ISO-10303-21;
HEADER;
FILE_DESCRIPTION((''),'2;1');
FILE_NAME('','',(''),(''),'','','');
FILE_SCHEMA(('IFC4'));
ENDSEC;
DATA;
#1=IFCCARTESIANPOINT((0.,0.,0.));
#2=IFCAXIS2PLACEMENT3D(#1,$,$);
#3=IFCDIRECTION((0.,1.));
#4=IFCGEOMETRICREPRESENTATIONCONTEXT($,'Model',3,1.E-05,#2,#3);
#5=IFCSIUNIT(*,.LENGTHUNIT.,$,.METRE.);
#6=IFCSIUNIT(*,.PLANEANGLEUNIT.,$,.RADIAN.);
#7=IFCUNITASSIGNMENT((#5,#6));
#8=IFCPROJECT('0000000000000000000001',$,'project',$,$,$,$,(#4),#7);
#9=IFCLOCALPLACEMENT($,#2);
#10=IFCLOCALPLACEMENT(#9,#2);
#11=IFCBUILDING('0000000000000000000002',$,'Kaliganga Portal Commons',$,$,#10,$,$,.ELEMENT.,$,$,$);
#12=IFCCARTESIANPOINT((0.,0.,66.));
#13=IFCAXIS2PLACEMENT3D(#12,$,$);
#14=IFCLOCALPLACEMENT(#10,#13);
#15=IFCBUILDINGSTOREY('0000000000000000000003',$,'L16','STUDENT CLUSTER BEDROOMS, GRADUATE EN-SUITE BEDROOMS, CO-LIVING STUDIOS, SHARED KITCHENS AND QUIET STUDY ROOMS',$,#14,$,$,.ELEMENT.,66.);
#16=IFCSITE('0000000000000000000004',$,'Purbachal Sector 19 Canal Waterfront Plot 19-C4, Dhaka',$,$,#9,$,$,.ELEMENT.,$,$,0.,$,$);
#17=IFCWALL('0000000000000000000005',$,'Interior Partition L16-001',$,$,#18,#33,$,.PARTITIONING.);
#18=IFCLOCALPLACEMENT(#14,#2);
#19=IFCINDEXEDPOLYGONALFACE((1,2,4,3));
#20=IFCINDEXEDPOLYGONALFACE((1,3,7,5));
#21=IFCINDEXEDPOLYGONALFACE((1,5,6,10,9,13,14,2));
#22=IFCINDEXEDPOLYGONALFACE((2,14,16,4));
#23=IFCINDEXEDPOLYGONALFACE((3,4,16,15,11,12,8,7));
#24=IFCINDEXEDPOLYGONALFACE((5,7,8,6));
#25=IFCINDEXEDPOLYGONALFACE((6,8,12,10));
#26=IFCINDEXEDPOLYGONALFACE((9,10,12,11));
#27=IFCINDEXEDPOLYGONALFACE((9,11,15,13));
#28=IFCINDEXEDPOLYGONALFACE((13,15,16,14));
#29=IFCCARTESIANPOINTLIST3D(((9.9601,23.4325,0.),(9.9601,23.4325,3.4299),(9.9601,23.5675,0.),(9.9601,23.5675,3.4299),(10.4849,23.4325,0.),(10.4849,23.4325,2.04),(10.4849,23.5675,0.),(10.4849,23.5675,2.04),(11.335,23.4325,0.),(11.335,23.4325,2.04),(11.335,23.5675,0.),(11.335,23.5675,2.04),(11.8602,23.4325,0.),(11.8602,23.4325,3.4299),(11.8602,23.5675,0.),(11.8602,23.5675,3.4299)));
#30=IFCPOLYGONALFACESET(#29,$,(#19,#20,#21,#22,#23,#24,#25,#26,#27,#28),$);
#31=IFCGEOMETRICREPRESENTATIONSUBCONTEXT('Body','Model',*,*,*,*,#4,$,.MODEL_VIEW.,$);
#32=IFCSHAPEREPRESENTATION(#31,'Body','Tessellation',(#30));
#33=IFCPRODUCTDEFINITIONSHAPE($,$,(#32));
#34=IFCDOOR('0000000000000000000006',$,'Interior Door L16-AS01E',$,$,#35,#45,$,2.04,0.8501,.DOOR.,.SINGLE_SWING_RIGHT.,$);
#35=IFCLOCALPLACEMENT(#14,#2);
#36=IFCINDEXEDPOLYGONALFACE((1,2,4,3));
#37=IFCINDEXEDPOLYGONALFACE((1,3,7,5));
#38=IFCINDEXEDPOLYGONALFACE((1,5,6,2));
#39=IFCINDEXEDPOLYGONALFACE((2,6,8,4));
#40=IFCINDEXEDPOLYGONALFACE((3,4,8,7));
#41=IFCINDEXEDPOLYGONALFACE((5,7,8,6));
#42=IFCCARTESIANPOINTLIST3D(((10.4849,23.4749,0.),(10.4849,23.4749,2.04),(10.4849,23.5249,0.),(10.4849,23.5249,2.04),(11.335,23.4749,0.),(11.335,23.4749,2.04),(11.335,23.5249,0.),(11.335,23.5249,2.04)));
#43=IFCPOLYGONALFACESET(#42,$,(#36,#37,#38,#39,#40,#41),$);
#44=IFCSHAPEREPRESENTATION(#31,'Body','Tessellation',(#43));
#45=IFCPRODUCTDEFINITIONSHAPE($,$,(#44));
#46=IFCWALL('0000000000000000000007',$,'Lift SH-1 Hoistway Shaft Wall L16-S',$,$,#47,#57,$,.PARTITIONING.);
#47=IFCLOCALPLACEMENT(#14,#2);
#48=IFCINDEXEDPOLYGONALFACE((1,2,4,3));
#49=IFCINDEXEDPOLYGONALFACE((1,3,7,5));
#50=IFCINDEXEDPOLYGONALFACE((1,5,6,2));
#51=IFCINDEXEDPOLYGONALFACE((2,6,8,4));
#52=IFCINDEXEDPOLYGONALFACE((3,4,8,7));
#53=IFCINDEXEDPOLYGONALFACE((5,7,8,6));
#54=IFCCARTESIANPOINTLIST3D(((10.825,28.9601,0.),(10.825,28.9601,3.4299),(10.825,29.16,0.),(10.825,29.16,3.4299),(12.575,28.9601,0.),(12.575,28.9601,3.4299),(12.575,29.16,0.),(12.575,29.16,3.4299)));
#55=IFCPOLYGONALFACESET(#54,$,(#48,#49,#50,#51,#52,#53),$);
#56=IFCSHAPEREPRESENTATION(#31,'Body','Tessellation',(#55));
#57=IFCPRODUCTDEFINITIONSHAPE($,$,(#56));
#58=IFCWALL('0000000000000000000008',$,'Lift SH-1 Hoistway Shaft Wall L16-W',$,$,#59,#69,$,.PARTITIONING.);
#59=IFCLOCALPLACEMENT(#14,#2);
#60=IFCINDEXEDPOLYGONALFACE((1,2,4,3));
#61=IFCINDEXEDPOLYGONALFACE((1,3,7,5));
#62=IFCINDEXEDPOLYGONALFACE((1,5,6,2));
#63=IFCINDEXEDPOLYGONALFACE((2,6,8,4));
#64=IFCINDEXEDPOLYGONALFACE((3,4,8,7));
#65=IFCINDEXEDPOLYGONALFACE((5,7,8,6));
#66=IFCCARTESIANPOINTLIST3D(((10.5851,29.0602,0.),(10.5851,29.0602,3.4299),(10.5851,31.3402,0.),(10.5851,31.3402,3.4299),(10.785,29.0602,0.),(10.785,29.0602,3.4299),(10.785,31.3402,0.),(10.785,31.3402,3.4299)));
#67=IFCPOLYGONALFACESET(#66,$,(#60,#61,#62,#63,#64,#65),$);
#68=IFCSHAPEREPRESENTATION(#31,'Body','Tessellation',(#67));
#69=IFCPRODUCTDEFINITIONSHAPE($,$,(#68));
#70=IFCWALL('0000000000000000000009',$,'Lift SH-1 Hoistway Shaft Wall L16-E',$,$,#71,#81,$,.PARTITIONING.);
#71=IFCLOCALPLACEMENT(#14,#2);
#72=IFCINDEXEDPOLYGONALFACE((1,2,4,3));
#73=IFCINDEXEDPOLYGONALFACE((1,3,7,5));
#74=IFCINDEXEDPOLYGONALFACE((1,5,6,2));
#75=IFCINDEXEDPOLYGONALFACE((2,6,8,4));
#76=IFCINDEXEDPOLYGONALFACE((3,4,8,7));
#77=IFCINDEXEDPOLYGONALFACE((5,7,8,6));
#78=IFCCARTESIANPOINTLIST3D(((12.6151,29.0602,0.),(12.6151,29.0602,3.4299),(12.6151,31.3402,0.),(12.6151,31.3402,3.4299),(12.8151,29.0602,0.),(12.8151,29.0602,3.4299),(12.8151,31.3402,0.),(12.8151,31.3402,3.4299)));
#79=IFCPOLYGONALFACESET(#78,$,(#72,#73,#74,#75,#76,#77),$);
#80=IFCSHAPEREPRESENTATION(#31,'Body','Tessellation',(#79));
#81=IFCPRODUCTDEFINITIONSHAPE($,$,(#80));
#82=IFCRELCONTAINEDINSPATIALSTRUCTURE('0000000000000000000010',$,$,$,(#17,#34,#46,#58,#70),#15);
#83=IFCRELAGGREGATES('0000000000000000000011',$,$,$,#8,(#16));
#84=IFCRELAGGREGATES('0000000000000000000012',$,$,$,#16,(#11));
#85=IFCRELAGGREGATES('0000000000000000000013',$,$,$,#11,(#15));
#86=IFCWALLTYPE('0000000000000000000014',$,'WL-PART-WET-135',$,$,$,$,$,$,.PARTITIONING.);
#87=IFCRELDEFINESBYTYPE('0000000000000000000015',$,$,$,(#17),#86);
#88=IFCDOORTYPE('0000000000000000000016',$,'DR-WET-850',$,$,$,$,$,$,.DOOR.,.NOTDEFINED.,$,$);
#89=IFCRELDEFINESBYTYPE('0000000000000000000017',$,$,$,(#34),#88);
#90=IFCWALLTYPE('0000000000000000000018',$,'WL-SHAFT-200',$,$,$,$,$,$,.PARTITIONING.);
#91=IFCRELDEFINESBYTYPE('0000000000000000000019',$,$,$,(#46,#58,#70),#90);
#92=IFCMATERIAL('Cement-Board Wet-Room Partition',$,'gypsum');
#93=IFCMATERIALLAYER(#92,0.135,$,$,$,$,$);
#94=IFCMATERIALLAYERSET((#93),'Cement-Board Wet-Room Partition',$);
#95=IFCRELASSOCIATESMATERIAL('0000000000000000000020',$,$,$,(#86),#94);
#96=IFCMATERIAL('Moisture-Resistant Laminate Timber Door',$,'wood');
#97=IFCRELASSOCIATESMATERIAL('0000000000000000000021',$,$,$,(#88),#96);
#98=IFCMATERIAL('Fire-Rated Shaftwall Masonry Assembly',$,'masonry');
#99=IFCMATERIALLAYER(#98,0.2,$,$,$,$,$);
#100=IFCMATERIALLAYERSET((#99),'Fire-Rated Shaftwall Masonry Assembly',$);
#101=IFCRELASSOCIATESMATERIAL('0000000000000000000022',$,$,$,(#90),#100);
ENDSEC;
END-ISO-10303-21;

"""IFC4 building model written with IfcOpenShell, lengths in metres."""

from ifc_helpers import new_model, si_unit, direction, frame, frame_2d, origin, place, context, subcontext, project, spatial, rectangle, extrude, material, layer, layer_set, type_object, element, fill, save


model = new_model("IFC4")

# Units and contexts
model_context = context("Model", 3, precision=1e-05, world=origin(), true_north=direction((0.0, 1.0)))
body_context = subcontext(model_context, "Body", "Model", "MODEL_VIEW")
ifc_project = project(units=[si_unit("LENGTHUNIT", "METRE"), si_unit("PLANEANGLEUNIT", "RADIAN")], contexts=[model_context])

# Site, building, storey
site_placement = place(None, origin())
site = spatial("IfcSite", under=ifc_project, at=site_placement, Name="Purbachal Sector 19 Canal Waterfront Plot 19-C4, Dhaka", CompositionType="ELEMENT", RefElevation=0.0)
building_placement = place(site_placement, origin())
building = spatial("IfcBuilding", under=site, at=building_placement, Name="Kaliganga Portal Commons", CompositionType="ELEMENT")
storey_placement = place(building_placement, frame((0.0, 0.0, 66.0)))
storey = spatial("IfcBuildingStorey", under=building, at=storey_placement, Name="L16", Description="STUDENT CLUSTER BEDROOMS, GRADUATE EN-SUITE BEDROOMS, CO-LIVING STUDIOS, SHARED KITCHENS AND QUIET STUDY ROOMS", CompositionType="ELEMENT", Elevation=66.0)

# Wall, opening, door
ifc_material_1 = material(Name="Cement-Board Wet-Room Partition", Category="gypsum")
ifc_layer_1 = layer(ifc_material_1, 0.135)
ifc_layer_set_1 = layer_set([ifc_layer_1], Name="Cement-Board Wet-Room Partition")
wall_type_1 = type_object("IfcWallType", Name="WL-PART-WET-135", PredefinedType="PARTITIONING", material=ifc_layer_set_1)
wall_1_placement = place(storey_placement, frame((9.96, 23.5, 0.0), z_axis=(0.0, 0.0, 1.0), x_axis=(1.0, 0.0, 0.0)))
wall_1 = element("IfcWall", 1, at=wall_1_placement, inside=storey, type_object=wall_type_1, Name="Interior Partition L16-001", PredefinedType="PARTITIONING", context=body_context, shape_type="SweptSolid", body=[
    extrude(rectangle(XDim=1.9001, YDim=0.135, at=frame_2d((0.9502, 0.0))), origin(), (0.0, 0.0, 1.0), 3.4299),
])
opening_1_placement = place(wall_1_placement, frame((0.5249, 0.0, 0.0)))
opening_1 = element("IfcOpeningElement", 2, at=opening_1_placement, cuts=wall_1, PredefinedType="OPENING", context=body_context, shape_type="SweptSolid", body=[
    extrude(rectangle(XDim=0.8501, YDim=2.04, at=frame_2d((0.425, 1.02))), frame((0.0, 0.0776, 0.0), z_axis=(0.0, -1.0, 0.0), x_axis=(1.0, 0.0, 0.0)), (0.0, 0.0, 1.0), 0.155),
])
ifc_material_2 = material(Name="Moisture-Resistant Laminate Timber Door", Category="wood")
door_type_1 = type_object("IfcDoorType", Name="DR-WET-850", OperationType="NOTDEFINED", PredefinedType="DOOR", material=ifc_material_2)
door_1_placement = place(opening_1_placement, origin())
door_1 = element("IfcDoor", 3, at=door_1_placement, inside=storey, type_object=door_type_1, Name="Interior Door L16-AS01E", OperationType="SINGLE_SWING_RIGHT", OverallHeight=2.04, OverallWidth=0.8501, PredefinedType="DOOR", context=body_context, shape_type="SweptSolid", body=[
    extrude(rectangle(XDim=0.8501, YDim=2.04, at=frame_2d((0.425, 1.02))), frame((0.0, 0.0249, 0.0), z_axis=(0.0, -1.0, 0.0), x_axis=(1.0, 0.0, 0.0)), (0.0, 0.0, 1.0), 0.05),
])
fill(opening_1, door_1)

# Walls
ifc_material_3 = material(Name="Fire-Rated Shaftwall Masonry Assembly", Category="masonry")
ifc_layer_2 = layer(ifc_material_3, 0.2)
ifc_layer_set_2 = layer_set([ifc_layer_2], Name="Fire-Rated Shaftwall Masonry Assembly")
wall_type_2 = type_object("IfcWallType", Name="WL-SHAFT-200", PredefinedType="PARTITIONING", material=ifc_layer_set_2)
wall_2_placement = place(storey_placement, frame((10.825, 29.0601, 0.0), z_axis=(0.0, 0.0, 1.0), x_axis=(1.0, 0.0, 0.0)))
element("IfcWall", 4, at=wall_2_placement, inside=storey, type_object=wall_type_2, Name="Lift SH-1 Hoistway Shaft Wall L16-S", PredefinedType="PARTITIONING", context=body_context, shape_type="SweptSolid", body=[
    extrude(rectangle(XDim=1.75, YDim=0.2, at=frame_2d((0.875, 0.0))), origin(), (0.0, 0.0, 1.0), 3.4299),
])
for number, where, z_axis, x_axis, name in (
    (5, (10.6851, 29.0601, 0.0), (0.0, 0.0, 1.0), (0.0, 1.0, 0.0), "Lift SH-1 Hoistway Shaft Wall L16-W"),
    (6, (12.7151, 29.0601, 0.0), (0.0, 0.0, 1.0), (0.0, 1.0, 0.0), "Lift SH-1 Hoistway Shaft Wall L16-E"),
):
    element("IfcWall", number, at=place(storey_placement, frame(where, z_axis=z_axis, x_axis=x_axis)), inside=storey, type_object=wall_type_2, Name=name, PredefinedType="PARTITIONING", context=body_context, shape_type="SweptSolid", body=[
        extrude(rectangle(XDim=2.28, YDim=0.2, at=frame_2d((1.1401, 0.0))), origin(), (0.0, 0.0, 1.0), 3.4299),
    ])

save(model, "model.ifc")
